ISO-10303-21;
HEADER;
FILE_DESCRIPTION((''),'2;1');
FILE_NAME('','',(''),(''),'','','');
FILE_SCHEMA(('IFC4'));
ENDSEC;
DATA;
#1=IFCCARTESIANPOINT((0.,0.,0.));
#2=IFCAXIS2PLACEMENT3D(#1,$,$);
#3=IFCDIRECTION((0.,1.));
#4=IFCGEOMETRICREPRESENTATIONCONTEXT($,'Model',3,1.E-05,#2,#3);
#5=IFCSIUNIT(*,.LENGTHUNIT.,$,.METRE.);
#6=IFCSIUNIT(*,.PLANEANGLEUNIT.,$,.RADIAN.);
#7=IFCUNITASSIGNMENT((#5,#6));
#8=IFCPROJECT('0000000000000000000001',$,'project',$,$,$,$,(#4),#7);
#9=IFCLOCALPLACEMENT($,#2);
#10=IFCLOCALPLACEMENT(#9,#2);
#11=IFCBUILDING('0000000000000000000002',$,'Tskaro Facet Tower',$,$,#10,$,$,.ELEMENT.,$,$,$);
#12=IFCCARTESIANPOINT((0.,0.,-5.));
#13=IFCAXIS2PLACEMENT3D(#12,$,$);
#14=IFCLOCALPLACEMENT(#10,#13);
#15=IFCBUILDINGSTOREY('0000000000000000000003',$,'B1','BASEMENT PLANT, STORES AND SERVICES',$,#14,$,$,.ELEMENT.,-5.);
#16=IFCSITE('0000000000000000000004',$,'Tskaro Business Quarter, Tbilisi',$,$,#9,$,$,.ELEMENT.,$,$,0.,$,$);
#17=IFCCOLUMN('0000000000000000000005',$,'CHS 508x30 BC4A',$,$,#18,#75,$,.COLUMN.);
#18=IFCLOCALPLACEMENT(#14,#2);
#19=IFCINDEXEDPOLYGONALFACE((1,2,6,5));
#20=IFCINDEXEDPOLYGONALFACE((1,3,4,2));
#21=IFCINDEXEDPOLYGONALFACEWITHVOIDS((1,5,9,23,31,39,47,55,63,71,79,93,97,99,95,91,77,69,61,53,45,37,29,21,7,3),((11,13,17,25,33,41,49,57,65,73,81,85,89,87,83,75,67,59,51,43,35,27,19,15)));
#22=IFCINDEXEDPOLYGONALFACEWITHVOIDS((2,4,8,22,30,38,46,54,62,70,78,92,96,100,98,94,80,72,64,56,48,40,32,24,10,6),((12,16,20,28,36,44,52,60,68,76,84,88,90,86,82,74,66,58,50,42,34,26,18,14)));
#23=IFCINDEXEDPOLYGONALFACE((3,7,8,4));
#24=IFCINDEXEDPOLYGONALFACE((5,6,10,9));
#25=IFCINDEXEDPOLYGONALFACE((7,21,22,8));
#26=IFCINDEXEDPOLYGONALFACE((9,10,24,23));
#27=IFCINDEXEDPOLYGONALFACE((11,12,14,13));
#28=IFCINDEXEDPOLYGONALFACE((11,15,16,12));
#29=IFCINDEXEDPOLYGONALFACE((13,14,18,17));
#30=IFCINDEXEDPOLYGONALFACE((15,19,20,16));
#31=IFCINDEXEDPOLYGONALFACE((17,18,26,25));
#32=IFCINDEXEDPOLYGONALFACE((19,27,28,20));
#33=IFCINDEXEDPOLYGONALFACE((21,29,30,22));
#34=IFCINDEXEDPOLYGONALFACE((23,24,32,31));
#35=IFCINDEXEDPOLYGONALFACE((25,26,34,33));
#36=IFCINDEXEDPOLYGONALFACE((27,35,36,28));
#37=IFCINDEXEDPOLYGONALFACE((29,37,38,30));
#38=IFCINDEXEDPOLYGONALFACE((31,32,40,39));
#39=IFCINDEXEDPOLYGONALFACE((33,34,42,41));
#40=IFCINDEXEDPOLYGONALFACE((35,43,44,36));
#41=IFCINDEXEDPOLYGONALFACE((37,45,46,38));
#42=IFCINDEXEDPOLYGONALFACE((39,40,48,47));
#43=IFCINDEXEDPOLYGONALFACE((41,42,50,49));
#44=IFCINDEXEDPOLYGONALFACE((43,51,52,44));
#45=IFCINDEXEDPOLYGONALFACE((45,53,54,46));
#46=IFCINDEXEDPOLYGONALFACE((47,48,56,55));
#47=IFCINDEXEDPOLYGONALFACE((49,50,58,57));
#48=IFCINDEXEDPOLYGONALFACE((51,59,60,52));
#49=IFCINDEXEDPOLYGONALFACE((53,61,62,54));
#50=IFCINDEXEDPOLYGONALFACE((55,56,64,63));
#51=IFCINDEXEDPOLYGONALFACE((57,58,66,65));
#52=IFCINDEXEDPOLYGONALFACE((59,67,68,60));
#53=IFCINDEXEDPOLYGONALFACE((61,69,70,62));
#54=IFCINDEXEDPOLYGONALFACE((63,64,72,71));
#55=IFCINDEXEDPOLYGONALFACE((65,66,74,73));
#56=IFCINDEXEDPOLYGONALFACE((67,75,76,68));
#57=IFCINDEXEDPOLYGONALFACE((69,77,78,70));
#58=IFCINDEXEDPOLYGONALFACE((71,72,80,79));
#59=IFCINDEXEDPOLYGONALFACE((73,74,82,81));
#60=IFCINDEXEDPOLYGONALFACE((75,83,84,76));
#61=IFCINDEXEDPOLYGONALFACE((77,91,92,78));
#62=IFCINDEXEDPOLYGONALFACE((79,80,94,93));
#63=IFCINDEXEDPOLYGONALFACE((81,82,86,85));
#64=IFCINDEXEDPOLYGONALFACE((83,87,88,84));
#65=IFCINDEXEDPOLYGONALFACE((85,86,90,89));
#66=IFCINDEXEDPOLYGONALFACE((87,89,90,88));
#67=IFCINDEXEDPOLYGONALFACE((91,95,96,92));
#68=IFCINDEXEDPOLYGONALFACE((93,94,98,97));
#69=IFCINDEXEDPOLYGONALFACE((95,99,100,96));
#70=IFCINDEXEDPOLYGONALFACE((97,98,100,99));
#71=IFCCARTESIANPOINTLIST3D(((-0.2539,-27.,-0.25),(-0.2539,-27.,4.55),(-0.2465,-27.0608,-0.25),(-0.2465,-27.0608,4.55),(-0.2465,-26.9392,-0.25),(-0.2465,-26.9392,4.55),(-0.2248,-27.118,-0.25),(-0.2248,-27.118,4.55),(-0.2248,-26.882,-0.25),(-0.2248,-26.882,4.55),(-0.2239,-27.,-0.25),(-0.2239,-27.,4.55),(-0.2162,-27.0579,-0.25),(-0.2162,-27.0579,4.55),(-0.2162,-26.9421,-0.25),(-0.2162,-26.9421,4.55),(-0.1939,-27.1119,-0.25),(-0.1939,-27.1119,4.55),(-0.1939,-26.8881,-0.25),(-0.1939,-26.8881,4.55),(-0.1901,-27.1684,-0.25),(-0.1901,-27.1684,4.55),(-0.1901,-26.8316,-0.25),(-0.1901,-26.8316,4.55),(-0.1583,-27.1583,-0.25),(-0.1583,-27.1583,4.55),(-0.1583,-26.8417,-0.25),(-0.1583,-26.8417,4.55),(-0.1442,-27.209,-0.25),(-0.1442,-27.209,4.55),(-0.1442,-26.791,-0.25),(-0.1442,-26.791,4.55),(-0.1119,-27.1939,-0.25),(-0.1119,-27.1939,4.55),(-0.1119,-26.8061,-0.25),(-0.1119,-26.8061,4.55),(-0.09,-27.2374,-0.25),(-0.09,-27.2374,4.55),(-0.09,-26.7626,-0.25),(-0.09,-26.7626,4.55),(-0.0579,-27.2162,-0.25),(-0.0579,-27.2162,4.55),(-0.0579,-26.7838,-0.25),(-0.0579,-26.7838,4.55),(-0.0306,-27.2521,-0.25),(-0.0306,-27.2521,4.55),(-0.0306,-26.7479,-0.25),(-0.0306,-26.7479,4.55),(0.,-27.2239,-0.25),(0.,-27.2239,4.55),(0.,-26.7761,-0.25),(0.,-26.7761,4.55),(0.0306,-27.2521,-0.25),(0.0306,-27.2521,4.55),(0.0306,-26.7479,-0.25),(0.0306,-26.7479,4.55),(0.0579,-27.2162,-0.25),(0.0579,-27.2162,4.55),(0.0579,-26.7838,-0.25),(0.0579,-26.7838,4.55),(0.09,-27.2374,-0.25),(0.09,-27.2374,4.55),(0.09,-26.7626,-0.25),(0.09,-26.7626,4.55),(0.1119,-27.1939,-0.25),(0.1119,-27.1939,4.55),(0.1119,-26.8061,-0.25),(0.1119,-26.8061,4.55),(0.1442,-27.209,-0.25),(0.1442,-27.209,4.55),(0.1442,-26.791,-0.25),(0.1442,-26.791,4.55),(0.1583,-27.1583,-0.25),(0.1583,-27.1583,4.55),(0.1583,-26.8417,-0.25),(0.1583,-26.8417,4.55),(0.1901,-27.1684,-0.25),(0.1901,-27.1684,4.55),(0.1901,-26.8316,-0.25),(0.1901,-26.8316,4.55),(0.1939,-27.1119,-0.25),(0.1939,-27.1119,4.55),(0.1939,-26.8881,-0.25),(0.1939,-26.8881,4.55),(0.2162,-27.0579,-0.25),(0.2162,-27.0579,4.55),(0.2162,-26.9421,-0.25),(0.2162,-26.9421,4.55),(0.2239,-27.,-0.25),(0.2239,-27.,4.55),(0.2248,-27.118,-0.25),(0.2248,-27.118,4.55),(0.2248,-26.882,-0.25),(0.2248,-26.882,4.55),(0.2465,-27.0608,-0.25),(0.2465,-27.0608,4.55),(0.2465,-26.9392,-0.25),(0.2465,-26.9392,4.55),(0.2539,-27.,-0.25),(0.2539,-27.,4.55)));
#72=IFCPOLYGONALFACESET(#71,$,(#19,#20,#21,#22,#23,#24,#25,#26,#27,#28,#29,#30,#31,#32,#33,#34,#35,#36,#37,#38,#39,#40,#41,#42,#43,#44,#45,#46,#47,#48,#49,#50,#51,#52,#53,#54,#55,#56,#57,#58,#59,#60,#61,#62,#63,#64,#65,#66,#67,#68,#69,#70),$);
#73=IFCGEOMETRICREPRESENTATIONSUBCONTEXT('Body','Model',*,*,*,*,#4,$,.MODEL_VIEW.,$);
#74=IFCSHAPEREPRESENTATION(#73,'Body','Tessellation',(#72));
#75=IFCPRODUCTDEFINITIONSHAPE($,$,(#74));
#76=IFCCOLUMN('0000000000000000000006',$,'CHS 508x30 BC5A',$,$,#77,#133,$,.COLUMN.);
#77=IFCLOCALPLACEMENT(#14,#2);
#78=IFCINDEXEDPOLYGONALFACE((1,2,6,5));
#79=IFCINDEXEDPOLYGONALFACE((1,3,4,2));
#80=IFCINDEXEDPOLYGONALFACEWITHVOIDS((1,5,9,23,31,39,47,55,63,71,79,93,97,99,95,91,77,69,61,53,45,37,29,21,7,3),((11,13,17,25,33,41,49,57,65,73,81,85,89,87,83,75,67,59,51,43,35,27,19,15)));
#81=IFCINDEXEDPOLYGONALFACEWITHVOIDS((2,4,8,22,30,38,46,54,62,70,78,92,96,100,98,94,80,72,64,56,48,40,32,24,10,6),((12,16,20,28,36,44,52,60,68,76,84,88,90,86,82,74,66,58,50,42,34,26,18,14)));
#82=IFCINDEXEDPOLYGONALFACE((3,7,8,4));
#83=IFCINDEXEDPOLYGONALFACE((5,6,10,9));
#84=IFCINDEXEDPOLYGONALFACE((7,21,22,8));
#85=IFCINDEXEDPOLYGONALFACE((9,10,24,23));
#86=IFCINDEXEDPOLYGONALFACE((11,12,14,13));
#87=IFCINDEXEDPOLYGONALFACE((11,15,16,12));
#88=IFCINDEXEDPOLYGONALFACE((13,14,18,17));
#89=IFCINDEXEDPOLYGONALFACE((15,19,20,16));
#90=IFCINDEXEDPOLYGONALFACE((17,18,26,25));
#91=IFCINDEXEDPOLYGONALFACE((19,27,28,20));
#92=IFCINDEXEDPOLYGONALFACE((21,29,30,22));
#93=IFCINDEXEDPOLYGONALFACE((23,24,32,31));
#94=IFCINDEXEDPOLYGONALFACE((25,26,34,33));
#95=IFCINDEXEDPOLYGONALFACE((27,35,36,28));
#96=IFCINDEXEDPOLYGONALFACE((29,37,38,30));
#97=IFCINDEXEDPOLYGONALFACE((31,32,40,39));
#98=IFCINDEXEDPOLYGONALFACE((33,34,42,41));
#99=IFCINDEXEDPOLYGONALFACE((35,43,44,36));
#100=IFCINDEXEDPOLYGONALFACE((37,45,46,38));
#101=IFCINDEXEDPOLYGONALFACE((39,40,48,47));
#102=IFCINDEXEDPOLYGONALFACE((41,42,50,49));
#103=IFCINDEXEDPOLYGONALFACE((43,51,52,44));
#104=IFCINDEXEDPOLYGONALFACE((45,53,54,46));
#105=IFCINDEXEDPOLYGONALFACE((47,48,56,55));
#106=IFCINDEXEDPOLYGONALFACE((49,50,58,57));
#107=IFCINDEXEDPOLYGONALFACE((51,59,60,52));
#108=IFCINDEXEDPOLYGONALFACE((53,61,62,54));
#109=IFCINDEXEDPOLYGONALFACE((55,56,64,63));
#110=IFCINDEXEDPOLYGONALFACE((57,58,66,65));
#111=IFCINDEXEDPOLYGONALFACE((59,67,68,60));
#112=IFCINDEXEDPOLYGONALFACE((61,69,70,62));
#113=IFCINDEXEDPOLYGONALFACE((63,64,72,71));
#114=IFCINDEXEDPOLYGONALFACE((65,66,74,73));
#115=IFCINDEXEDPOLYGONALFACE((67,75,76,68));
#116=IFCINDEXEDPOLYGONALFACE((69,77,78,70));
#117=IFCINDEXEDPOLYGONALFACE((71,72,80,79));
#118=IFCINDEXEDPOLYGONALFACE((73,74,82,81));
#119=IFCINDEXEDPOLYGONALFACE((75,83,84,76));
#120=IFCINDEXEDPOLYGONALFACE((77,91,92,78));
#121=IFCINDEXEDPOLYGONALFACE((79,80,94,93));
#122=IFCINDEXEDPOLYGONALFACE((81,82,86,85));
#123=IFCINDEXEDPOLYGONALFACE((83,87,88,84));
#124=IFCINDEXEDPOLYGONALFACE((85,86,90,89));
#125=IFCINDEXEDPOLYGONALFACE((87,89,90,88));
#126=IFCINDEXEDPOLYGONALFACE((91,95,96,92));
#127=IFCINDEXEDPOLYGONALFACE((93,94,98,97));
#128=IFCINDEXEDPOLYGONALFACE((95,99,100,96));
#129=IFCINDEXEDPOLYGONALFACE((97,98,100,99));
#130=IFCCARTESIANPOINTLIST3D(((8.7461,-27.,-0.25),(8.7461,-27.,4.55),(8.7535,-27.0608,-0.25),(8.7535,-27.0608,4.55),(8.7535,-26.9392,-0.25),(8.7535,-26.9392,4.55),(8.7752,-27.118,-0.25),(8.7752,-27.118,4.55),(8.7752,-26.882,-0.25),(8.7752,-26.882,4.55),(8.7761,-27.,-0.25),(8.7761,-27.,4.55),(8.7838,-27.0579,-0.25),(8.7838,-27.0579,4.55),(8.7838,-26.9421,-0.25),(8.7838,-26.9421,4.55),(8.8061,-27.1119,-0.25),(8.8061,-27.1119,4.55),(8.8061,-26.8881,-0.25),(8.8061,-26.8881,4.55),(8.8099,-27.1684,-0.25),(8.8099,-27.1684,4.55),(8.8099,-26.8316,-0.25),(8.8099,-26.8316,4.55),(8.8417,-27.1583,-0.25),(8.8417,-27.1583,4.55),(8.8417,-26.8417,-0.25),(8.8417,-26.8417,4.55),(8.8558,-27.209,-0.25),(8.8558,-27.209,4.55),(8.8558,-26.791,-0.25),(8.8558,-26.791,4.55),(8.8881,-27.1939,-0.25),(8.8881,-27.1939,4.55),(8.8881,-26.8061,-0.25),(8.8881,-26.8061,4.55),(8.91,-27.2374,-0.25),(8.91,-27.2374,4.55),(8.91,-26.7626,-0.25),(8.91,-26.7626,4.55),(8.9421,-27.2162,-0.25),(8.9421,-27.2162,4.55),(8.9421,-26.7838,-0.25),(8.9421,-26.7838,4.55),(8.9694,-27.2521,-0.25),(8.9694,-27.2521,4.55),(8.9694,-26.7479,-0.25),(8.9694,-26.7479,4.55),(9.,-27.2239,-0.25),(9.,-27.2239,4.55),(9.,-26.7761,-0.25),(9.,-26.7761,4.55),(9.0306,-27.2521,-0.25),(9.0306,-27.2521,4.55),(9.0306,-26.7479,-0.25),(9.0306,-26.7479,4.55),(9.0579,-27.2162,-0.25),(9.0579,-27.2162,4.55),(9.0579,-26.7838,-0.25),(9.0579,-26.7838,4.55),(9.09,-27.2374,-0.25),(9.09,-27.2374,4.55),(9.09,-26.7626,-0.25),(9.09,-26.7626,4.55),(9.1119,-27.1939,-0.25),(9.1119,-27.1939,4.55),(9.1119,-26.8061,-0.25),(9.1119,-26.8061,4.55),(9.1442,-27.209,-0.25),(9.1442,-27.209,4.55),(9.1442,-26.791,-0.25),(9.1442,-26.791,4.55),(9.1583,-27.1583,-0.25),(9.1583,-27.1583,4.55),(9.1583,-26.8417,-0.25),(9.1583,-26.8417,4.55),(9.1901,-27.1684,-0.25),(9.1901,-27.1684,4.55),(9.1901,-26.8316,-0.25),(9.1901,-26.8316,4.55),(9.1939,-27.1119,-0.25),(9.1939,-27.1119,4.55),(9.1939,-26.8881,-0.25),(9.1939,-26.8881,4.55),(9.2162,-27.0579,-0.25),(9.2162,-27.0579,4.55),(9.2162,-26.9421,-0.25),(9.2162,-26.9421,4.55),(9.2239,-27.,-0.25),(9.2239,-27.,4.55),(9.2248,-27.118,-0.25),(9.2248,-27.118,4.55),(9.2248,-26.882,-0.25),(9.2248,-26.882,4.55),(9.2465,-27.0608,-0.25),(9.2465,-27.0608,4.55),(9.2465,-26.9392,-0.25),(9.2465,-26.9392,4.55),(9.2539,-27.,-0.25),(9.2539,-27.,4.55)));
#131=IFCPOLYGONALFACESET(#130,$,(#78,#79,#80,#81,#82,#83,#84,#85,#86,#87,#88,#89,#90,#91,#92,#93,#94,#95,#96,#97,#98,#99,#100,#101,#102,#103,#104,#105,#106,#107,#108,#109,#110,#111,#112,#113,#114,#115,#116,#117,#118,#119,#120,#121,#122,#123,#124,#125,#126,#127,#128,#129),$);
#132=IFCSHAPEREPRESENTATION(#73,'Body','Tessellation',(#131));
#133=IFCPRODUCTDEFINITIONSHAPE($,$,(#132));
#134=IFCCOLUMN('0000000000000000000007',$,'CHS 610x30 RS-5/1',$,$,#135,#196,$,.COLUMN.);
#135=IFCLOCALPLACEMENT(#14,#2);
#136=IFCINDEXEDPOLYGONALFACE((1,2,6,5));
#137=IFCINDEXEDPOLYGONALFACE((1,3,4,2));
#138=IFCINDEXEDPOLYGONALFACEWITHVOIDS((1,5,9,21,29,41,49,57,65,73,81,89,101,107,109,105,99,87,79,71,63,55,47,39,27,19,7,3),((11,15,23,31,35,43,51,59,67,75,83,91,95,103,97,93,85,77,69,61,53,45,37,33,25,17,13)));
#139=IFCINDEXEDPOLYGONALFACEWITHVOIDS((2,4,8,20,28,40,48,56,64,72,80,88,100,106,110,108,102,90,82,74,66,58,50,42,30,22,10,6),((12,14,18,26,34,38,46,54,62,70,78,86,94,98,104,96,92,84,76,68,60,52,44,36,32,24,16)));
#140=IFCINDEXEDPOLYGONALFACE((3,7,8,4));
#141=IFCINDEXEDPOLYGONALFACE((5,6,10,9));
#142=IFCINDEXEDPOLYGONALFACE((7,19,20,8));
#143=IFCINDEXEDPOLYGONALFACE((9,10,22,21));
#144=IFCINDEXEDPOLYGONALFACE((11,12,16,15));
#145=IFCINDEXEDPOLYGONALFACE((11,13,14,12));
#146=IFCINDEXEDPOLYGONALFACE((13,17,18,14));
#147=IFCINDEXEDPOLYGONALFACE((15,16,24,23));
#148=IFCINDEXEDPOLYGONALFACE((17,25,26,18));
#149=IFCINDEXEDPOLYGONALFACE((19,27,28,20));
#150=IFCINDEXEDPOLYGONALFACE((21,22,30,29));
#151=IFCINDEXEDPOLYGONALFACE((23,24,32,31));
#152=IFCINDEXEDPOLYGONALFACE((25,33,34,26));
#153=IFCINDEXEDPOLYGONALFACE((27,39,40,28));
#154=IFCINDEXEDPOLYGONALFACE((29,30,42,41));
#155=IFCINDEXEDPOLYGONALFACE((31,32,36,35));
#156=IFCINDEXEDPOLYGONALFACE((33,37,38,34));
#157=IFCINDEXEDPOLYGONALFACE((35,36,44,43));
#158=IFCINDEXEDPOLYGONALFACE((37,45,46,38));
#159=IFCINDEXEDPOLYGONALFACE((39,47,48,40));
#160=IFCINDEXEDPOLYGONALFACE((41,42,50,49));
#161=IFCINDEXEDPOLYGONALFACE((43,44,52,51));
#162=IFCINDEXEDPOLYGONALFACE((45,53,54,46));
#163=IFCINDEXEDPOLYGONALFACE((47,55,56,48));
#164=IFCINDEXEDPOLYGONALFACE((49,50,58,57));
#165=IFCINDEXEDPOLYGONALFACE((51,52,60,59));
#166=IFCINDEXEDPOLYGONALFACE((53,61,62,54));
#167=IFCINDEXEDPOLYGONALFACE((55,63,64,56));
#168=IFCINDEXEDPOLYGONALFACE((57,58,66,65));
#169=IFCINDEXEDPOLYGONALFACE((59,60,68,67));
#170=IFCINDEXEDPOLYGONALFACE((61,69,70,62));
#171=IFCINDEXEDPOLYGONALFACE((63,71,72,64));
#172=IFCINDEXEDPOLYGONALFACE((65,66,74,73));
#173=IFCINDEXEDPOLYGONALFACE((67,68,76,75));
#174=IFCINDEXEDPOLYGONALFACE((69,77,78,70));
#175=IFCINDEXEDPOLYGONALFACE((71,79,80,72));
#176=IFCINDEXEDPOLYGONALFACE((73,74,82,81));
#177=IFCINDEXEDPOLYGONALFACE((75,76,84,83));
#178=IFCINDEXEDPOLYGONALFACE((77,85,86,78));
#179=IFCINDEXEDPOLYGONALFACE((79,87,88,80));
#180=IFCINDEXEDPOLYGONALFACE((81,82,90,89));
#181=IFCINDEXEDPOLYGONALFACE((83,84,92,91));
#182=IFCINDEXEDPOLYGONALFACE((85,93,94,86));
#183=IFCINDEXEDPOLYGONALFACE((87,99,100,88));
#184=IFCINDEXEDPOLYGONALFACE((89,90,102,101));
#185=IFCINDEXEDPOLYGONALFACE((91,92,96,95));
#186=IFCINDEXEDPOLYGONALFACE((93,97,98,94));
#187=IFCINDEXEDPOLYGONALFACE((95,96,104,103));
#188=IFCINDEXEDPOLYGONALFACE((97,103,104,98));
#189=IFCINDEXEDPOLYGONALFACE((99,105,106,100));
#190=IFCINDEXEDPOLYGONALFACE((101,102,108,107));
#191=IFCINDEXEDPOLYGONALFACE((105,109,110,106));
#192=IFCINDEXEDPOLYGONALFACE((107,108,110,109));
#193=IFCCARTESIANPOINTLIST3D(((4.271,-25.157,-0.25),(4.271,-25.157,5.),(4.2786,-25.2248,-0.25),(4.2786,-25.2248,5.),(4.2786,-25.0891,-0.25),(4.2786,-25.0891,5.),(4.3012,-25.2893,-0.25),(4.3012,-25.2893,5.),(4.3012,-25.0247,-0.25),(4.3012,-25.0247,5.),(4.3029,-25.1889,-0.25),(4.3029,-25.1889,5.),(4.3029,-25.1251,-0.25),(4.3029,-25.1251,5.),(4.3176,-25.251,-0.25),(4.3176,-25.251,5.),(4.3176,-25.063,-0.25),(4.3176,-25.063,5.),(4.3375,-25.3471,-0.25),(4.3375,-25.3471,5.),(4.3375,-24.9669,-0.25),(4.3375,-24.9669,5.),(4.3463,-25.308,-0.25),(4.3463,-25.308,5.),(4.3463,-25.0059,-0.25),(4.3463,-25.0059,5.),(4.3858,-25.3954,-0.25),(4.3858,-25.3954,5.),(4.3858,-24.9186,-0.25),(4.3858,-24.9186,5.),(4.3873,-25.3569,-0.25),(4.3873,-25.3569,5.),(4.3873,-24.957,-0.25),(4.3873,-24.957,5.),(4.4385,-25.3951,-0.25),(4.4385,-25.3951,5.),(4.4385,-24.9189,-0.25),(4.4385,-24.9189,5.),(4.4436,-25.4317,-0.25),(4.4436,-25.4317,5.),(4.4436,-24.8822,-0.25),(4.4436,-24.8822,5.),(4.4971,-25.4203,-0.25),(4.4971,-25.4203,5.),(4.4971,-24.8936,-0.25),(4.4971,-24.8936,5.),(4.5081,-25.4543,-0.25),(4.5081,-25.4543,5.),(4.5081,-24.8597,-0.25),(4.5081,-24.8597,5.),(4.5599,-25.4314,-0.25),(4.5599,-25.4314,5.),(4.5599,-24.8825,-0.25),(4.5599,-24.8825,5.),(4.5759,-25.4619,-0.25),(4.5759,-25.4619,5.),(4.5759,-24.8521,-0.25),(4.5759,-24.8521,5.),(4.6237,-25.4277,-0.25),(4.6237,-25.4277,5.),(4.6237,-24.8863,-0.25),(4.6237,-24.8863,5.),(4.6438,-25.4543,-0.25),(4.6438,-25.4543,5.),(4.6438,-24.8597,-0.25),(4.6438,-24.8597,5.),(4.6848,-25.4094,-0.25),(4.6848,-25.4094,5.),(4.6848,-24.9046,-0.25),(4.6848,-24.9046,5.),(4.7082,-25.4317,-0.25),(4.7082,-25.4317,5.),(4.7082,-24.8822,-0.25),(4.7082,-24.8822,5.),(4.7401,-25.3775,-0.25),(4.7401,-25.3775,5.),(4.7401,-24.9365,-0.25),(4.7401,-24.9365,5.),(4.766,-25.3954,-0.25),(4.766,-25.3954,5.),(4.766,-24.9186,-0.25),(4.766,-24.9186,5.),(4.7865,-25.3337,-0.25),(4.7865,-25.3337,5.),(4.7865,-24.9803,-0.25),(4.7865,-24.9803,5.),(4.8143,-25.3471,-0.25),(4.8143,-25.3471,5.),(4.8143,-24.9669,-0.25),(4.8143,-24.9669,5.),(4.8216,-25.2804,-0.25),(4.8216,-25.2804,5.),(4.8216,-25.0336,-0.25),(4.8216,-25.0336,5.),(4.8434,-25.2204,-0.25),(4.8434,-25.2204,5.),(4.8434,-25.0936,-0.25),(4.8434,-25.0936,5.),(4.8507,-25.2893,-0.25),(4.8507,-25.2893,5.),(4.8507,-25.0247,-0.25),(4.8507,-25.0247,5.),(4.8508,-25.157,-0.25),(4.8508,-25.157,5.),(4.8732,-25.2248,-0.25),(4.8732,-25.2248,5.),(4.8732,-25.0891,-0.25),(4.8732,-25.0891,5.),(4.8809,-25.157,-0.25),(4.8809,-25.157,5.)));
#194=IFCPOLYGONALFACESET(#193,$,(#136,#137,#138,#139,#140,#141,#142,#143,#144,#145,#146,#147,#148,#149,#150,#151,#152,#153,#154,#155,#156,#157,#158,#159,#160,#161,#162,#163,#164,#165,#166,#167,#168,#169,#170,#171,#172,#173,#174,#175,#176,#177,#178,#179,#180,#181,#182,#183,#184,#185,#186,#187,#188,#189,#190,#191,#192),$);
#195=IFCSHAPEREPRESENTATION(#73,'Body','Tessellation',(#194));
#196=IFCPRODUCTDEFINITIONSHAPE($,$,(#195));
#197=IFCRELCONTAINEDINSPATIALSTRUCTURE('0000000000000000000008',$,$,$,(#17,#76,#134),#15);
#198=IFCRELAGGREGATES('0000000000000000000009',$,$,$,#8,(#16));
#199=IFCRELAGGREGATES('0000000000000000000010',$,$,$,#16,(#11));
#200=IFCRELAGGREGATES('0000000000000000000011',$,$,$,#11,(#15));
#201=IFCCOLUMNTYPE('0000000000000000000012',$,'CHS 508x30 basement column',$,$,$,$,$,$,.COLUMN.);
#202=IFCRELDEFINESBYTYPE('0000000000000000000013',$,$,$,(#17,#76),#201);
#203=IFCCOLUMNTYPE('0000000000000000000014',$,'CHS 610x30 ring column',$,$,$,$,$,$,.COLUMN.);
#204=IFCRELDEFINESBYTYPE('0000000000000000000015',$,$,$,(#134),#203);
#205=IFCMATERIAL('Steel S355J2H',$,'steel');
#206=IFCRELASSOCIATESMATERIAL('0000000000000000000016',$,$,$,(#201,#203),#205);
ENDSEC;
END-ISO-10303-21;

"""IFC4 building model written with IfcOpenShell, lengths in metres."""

from ifc_helpers import new_model, si_unit, direction, frame, origin, origin_2d, place, context, subcontext, project, spatial, hollow_circle, extrude, material, material_profile, profile_set, type_object, element, save


model = new_model("IFC4")

# Units and contexts
model_context = context("Model", 3, precision=1e-05, world=origin(), true_north=direction((0.0, 1.0)))
body_context = subcontext(model_context, "Body", "Model", "MODEL_VIEW")
ifc_project = project(units=[si_unit("LENGTHUNIT", "METRE"), si_unit("PLANEANGLEUNIT", "RADIAN")], contexts=[model_context])

# Site, building, storey
site_placement = place(None, origin())
site = spatial("IfcSite", under=ifc_project, at=site_placement, Name="Tskaro Business Quarter, Tbilisi", CompositionType="ELEMENT", RefElevation=0.0)
building_placement = place(site_placement, origin())
building = spatial("IfcBuilding", under=site, at=building_placement, Name="Tskaro Facet Tower", CompositionType="ELEMENT")
storey_placement = place(building_placement, frame((0.0, 0.0, -5.0)))
storey = spatial("IfcBuildingStorey", under=building, at=storey_placement, Name="B1", Description="BASEMENT PLANT, STORES AND SERVICES", CompositionType="ELEMENT", Elevation=-5.0)

# Columns
ifc_material_1 = material(Name="Steel S355J2H", Category="steel")
ifc_material_profile_1 = material_profile(ifc_material_1, hollow_circle(Radius=0.2539, WallThickness=0.03, at=origin_2d()), Name="CHS 508x30")
ifc_profile_set_1 = profile_set([ifc_material_profile_1], Name="Steel S355J2H")
column_type_1 = type_object("IfcColumnType", Name="CHS 508x30 basement column", PredefinedType="COLUMN", material=ifc_profile_set_1)
for number, where, z_axis, x_axis, name in (
    (1, (0.0, -27.0, -0.25), (0.0, 0.0, 1.0), (1.0, 0.0, 0.0), "CHS 508x30 BC4A"),
    (2, (9.0, -27.0, -0.25), (0.0, 0.0, 1.0), (1.0, 0.0, 0.0), "CHS 508x30 BC5A"),
):
    element("IfcColumn", number, at=place(storey_placement, frame(where, z_axis=z_axis, x_axis=x_axis)), inside=storey, type_object=column_type_1, Name=name, PredefinedType="COLUMN", context=body_context, shape_type="SweptSolid", body=[
        extrude(hollow_circle(Radius=0.2539, WallThickness=0.03, at=origin_2d()), origin(), (0.0, 0.0, 1.0), 4.8),
    ])
ifc_material_profile_2 = material_profile(ifc_material_1, hollow_circle(Radius=0.3049, WallThickness=0.03, at=origin_2d()), Name="CHS 610x30")
ifc_profile_set_2 = profile_set([ifc_material_profile_2], Name="Steel S355J2H")
column_type_2 = type_object("IfcColumnType", Name="CHS 610x30 ring column", PredefinedType="COLUMN", material=ifc_profile_set_2)
column_placement = place(storey_placement, frame((4.5759, -25.157, -0.25), z_axis=(0.0, 0.0, 1.0), x_axis=(1.0, 0.0, 0.0)))
element("IfcColumn", 3, at=column_placement, inside=storey, type_object=column_type_2, Name="CHS 610x30 RS-5/1", PredefinedType="COLUMN", context=body_context, shape_type="SweptSolid", body=[
    extrude(hollow_circle(Radius=0.3049, WallThickness=0.03, at=origin_2d()), origin(), (0.0, 0.0, 1.0), 5.25),
])

save(model, "model.ifc")
